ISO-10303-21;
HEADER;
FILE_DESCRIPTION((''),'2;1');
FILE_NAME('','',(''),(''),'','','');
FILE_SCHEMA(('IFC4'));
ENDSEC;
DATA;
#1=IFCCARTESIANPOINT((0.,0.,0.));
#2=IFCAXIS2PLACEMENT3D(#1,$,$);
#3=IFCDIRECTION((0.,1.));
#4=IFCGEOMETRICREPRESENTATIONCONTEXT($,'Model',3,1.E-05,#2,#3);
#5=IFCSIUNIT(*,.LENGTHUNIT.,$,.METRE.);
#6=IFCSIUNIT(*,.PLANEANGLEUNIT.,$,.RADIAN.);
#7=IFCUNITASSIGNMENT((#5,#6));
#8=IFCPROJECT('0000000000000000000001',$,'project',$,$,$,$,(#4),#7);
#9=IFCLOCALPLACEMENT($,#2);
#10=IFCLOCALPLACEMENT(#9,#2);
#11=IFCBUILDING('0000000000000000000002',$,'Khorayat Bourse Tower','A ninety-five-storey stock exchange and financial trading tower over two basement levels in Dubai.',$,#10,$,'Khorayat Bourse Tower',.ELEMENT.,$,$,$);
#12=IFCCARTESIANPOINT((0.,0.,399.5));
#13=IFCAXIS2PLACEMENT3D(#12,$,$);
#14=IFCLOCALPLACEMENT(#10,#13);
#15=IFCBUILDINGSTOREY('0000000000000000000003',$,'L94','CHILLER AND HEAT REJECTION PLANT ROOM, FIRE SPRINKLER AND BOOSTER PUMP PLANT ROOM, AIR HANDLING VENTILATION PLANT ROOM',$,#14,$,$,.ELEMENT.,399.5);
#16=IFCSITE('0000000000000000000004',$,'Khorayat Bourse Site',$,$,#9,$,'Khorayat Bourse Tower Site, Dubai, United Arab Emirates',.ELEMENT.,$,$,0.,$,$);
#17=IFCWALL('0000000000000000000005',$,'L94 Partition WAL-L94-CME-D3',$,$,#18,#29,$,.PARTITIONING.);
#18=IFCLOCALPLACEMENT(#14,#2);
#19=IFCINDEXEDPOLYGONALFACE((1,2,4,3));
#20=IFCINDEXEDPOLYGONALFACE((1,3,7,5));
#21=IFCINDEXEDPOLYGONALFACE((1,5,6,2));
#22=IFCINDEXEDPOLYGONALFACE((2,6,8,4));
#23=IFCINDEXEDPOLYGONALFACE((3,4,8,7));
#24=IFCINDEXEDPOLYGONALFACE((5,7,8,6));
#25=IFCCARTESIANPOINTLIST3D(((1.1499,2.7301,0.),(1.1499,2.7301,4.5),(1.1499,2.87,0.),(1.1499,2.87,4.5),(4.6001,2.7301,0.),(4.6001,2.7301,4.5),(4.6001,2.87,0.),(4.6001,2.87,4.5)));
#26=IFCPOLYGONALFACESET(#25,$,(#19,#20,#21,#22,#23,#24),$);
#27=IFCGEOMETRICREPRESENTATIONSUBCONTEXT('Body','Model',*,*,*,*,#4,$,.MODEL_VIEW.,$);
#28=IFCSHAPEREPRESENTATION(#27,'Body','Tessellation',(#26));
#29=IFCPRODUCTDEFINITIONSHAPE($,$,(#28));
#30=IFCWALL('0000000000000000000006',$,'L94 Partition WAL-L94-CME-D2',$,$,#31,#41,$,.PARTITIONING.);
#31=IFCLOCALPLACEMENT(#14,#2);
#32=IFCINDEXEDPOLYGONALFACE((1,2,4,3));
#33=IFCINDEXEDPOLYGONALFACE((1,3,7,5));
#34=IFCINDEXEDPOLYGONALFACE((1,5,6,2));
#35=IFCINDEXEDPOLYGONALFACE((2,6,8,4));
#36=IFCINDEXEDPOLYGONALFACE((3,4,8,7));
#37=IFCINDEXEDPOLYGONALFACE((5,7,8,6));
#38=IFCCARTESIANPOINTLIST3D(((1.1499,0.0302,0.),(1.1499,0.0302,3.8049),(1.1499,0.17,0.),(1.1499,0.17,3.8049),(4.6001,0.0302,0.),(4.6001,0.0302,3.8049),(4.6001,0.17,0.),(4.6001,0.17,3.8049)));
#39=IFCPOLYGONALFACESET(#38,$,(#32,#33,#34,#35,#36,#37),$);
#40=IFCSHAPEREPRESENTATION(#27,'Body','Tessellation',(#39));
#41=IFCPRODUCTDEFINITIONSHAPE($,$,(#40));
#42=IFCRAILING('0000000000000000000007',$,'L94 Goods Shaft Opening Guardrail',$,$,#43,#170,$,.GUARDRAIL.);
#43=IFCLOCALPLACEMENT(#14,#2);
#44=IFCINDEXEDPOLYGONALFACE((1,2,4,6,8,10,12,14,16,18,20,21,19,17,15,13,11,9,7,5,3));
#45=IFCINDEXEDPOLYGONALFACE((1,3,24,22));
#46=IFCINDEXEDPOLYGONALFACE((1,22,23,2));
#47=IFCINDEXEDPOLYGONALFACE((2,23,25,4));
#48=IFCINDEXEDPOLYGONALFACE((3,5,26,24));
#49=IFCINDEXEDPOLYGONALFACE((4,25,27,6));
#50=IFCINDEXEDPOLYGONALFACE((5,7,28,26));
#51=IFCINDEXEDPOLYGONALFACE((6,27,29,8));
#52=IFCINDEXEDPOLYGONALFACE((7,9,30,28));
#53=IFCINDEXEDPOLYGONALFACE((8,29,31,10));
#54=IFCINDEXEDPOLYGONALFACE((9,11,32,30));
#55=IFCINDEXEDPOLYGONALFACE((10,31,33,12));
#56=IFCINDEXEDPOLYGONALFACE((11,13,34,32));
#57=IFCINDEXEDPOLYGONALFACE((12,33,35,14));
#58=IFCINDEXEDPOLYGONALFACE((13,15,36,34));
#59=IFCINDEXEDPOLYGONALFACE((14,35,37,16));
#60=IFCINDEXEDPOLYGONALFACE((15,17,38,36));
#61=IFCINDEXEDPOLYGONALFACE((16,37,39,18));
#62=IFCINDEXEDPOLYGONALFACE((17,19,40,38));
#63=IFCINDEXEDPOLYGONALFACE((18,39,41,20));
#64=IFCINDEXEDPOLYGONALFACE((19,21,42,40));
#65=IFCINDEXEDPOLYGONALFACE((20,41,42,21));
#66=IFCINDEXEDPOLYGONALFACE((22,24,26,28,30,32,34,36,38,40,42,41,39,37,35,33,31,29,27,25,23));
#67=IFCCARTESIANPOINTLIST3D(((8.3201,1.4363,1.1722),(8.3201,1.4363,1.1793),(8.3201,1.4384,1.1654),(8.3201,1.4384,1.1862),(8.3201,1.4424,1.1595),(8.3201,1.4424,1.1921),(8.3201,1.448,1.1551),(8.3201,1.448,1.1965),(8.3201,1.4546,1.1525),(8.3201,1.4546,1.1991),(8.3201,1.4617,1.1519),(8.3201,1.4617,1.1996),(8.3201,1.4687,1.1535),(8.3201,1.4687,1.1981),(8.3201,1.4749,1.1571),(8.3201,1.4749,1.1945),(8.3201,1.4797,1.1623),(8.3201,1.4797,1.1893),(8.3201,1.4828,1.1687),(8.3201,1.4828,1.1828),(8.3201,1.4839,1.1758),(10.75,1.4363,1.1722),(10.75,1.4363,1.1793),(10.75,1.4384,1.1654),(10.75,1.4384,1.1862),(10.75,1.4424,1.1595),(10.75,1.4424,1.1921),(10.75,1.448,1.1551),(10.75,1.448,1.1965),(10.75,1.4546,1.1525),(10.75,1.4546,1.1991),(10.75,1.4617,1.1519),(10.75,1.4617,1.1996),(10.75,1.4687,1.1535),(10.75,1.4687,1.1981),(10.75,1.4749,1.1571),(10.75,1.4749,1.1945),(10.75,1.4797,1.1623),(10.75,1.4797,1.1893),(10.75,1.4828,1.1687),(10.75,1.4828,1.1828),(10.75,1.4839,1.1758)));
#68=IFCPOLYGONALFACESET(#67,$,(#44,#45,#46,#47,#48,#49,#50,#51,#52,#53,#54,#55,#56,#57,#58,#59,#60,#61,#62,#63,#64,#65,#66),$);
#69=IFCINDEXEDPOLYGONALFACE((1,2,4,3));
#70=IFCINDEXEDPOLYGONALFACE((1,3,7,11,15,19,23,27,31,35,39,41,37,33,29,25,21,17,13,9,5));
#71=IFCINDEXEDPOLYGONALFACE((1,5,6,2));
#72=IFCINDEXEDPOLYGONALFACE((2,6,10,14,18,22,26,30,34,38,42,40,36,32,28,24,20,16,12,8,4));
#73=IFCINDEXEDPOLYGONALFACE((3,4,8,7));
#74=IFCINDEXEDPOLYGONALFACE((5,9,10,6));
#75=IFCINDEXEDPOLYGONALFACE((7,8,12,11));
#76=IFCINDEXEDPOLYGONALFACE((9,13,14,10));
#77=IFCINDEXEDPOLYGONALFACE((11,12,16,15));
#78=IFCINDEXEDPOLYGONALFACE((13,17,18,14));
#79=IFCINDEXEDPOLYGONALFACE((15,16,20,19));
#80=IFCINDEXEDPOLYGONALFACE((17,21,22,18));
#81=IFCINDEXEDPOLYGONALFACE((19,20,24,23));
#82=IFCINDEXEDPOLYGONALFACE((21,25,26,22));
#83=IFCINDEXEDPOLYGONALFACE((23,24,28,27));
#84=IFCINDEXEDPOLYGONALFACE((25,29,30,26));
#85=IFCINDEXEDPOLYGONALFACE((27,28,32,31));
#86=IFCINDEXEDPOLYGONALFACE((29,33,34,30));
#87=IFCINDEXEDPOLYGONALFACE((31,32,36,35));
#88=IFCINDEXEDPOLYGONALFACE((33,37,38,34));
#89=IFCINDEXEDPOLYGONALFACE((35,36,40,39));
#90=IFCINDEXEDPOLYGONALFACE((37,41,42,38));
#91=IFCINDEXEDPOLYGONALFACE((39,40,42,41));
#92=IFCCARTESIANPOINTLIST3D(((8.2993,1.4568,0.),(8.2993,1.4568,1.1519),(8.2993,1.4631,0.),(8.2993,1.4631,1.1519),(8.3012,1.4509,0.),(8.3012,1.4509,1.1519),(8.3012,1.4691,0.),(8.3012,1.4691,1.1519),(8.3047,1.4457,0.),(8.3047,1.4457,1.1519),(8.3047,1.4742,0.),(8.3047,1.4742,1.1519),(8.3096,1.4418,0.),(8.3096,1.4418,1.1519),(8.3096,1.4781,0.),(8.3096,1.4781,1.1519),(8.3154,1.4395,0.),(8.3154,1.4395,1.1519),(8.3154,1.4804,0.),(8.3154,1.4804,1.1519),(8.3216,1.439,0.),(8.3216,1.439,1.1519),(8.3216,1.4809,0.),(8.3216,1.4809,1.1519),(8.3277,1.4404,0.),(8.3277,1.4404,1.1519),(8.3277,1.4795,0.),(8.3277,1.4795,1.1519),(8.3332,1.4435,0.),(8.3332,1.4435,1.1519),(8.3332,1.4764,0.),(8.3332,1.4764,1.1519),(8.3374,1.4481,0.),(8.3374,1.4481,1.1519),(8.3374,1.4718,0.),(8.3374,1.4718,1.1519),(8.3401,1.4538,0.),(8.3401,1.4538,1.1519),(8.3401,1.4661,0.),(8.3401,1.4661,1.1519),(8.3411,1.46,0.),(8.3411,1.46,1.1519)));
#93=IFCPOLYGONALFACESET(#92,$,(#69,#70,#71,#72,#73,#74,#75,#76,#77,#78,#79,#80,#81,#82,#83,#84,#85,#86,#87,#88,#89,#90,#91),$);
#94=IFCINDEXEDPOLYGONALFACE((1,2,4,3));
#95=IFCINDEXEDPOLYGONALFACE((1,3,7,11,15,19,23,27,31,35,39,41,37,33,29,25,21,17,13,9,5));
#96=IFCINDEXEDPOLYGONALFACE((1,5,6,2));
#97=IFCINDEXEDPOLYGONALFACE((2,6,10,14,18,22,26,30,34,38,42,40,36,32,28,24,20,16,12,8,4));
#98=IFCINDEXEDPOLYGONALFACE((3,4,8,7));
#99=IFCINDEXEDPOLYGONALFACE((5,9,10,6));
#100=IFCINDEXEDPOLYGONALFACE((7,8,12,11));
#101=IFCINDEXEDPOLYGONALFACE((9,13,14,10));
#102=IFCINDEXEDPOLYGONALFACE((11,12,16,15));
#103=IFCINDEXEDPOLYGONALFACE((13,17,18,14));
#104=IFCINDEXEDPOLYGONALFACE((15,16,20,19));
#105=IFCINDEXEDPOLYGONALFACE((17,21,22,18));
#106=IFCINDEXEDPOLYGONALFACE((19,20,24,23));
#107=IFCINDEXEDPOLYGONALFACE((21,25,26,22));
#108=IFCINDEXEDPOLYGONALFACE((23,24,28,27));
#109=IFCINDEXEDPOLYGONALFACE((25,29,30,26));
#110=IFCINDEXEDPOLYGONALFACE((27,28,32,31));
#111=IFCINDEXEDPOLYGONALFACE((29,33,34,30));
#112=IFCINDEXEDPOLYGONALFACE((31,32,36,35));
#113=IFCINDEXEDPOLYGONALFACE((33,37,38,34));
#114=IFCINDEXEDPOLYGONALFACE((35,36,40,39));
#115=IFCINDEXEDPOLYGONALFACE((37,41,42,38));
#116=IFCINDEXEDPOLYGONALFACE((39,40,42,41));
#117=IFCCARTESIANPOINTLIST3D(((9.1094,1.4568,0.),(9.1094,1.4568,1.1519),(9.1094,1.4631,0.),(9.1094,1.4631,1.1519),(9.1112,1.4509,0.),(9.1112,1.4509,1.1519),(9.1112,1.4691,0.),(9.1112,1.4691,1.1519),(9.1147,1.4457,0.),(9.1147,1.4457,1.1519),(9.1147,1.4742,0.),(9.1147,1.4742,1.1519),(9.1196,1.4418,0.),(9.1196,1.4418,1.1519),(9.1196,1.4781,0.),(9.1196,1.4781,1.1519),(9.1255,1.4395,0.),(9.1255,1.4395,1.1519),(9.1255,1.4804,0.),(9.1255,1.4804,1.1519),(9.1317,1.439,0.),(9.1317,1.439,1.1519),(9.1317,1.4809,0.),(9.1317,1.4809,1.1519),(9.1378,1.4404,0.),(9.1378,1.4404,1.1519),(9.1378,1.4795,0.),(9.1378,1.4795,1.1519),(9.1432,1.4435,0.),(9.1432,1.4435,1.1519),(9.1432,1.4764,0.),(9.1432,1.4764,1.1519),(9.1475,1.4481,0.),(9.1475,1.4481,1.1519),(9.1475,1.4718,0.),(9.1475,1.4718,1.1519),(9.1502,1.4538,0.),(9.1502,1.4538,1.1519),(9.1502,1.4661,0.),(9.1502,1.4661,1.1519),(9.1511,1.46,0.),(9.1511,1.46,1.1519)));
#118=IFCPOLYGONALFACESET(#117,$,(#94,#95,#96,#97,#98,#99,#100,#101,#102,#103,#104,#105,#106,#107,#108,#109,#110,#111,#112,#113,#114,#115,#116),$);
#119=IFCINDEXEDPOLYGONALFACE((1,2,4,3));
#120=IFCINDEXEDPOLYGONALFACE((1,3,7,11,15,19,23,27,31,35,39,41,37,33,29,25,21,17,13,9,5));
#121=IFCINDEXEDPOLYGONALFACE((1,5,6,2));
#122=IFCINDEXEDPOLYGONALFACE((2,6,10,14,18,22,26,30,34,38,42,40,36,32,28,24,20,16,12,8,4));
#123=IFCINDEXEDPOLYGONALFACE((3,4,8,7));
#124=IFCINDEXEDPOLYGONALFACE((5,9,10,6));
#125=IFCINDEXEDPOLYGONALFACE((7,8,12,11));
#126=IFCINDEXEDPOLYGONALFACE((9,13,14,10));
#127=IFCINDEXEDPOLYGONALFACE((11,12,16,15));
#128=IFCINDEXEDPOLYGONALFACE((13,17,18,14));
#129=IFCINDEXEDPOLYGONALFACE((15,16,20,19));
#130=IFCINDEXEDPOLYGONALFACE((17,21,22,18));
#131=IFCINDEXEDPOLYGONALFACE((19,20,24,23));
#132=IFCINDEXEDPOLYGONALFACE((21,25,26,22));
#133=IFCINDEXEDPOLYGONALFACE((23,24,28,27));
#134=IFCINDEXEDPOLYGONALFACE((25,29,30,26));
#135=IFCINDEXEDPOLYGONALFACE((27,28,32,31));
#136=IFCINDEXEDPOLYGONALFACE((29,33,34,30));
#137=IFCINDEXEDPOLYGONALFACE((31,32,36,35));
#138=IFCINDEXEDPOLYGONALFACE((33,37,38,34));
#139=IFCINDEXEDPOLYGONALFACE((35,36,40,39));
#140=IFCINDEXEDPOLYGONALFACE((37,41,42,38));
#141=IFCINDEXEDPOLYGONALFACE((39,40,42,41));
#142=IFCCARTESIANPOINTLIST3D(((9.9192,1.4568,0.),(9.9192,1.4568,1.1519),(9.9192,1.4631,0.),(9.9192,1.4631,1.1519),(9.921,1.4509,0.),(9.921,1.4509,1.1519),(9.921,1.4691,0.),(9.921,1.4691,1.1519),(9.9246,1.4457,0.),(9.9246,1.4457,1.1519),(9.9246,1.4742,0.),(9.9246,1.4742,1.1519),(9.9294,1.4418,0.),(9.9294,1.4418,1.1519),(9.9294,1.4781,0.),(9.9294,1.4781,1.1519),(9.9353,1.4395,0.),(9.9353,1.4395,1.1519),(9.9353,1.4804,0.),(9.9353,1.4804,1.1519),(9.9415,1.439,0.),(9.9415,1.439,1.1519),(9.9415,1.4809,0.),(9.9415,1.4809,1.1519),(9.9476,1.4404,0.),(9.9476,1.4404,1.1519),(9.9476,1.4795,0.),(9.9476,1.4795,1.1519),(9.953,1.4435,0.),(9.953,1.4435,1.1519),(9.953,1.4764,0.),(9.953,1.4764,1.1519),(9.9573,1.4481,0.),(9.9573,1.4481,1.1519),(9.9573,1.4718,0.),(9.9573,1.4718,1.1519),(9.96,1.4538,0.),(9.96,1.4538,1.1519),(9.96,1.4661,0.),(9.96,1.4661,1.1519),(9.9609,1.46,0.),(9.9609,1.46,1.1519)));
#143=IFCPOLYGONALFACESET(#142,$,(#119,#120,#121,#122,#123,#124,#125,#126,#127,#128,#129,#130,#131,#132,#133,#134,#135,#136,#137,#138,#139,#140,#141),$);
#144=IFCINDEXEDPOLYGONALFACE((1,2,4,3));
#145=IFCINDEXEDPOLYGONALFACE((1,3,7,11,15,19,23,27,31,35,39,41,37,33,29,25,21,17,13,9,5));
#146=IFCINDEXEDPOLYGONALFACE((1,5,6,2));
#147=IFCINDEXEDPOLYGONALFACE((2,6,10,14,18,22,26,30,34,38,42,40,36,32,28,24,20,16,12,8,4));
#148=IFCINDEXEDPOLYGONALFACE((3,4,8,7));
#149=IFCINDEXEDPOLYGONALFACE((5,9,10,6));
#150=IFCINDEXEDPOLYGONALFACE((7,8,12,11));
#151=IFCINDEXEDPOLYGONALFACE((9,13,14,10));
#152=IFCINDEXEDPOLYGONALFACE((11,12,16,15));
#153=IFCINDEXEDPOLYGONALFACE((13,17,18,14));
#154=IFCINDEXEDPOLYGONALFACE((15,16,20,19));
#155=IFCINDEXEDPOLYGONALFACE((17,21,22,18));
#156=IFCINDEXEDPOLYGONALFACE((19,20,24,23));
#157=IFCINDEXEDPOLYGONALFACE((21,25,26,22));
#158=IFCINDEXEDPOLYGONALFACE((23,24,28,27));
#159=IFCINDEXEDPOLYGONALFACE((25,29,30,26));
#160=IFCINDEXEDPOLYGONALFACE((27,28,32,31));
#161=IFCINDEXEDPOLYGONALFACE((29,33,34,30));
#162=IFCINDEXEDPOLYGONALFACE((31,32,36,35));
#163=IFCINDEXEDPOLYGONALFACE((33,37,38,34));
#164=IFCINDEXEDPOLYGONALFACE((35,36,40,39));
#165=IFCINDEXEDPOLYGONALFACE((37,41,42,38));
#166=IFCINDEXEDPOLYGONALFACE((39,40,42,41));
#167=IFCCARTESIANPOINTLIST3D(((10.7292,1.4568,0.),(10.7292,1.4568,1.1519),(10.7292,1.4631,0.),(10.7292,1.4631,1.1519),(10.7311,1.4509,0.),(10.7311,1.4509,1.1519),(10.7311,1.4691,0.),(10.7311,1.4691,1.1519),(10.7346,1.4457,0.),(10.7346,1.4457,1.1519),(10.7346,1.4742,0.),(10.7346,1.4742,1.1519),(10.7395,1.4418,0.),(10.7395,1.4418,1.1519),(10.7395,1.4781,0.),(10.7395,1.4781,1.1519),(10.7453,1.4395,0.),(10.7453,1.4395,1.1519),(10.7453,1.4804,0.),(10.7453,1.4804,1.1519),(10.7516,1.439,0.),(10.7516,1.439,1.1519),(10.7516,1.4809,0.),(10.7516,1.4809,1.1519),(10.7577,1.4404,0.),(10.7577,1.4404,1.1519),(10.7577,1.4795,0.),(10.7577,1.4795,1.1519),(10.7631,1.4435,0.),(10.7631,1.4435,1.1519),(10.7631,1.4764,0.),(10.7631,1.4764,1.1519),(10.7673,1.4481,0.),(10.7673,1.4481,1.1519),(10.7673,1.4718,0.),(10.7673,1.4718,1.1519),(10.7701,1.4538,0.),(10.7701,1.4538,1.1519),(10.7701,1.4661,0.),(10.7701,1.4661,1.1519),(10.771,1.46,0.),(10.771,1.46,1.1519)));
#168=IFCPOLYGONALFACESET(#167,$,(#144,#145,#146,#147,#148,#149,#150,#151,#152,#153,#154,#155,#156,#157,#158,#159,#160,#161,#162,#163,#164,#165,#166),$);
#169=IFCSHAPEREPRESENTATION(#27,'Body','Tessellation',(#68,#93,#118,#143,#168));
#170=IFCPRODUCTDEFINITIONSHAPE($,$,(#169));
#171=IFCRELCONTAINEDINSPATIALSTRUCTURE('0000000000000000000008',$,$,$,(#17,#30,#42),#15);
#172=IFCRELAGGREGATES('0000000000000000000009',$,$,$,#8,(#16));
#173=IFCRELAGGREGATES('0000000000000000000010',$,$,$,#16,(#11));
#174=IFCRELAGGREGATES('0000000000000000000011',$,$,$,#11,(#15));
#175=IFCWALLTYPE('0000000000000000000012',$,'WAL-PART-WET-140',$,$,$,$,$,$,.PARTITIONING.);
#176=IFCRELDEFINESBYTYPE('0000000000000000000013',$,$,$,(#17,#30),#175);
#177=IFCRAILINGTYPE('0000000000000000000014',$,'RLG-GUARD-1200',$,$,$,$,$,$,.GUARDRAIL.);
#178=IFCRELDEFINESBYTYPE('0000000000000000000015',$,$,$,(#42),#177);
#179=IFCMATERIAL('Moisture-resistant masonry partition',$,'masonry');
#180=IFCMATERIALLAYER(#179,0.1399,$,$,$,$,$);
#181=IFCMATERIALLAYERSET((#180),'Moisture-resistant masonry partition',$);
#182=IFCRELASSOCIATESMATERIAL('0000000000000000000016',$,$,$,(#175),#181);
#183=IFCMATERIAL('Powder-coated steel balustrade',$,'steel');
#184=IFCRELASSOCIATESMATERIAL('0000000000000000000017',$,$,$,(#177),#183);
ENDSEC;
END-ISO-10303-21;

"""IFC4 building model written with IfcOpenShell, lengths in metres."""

from ifc_helpers import new_model, si_unit, direction, frame, frame_2d, origin, origin_2d, place, context, subcontext, project, spatial, rectangle, circle, extrude, source, transform, mapped, material, layer, layer_set, type_object, element, save


model = new_model("IFC4")

# Units and contexts
model_context = context("Model", 3, precision=1e-05, world=origin(), true_north=direction((0.0, 1.0)))
body_context = subcontext(model_context, "Body", "Model", "MODEL_VIEW")
ifc_project = project(units=[si_unit("LENGTHUNIT", "METRE"), si_unit("PLANEANGLEUNIT", "RADIAN")], contexts=[model_context])

# Site, building, storey
site_placement = place(None, origin())
site = spatial("IfcSite", under=ifc_project, at=site_placement, Name="Khorayat Bourse Site", LongName="Khorayat Bourse Tower Site, Dubai, United Arab Emirates", CompositionType="ELEMENT", RefElevation=0.0)
building_placement = place(site_placement, origin())
building = spatial("IfcBuilding", under=site, at=building_placement, Name="Khorayat Bourse Tower", Description="A ninety-five-storey stock exchange and financial trading tower over two basement levels in Dubai.", LongName="Khorayat Bourse Tower", CompositionType="ELEMENT")
storey_placement = place(building_placement, frame((0.0, 0.0, 399.5)))
storey = spatial("IfcBuildingStorey", under=building, at=storey_placement, Name="L94", Description="CHILLER AND HEAT REJECTION PLANT ROOM, FIRE SPRINKLER AND BOOSTER PUMP PLANT ROOM, AIR HANDLING VENTILATION PLANT ROOM", CompositionType="ELEMENT", Elevation=399.5)

# Shared definitions
ifc_material_1 = material(Name="Moisture-resistant masonry partition", Category="masonry")
ifc_layer_1 = layer(ifc_material_1, 0.1399)
ifc_layer_set_1 = layer_set([ifc_layer_1], Name="Moisture-resistant masonry partition")
wall_type_1 = type_object("IfcWallType", Name="WAL-PART-WET-140", PredefinedType="PARTITIONING", material=ifc_layer_set_1)

# Wall
shared_shape_1 = source(origin(), body_context, "Body", "SweptSolid", [
    extrude(rectangle(XDim=3.4502, YDim=0.1399, at=frame_2d((1.7251, 0.0))), origin(), (0.0, 0.0, 1.0), 4.5),
])
for number, where, z_axis, x_axis, name in (
    (1, (1.1499, 2.8, 0.0), (0.0, 0.0, 1.0), (1.0, 0.0, 0.0), "L94 Partition WAL-L94-CME-D3"),
):
    element("IfcWall", number, at=place(storey_placement, frame(where, z_axis=z_axis, x_axis=x_axis)), inside=storey, type_object=wall_type_1, Name=name, PredefinedType="PARTITIONING", context=body_context, shape_type="MappedRepresentation", body=[
        mapped(shared_shape_1, transform((0.0, 0.0, 0.0), scale=1.0)),
    ])

# Wall
shared_shape_2 = source(origin(), body_context, "Body", "SweptSolid", [
    extrude(rectangle(XDim=3.4502, YDim=0.1399, at=frame_2d((1.7251, 0.0))), origin(), (0.0, 0.0, 1.0), 3.8049),
])
wall_1_placement = place(storey_placement, frame((1.1499, 0.1001, 0.0), z_axis=(0.0, 0.0, 1.0), x_axis=(1.0, 0.0, 0.0)))
element("IfcWall", 2, at=wall_1_placement, inside=storey, type_object=wall_type_1, Name="L94 Partition WAL-L94-CME-D2", PredefinedType="PARTITIONING", context=body_context, shape_type="MappedRepresentation", body=[
    mapped(shared_shape_2, transform((0.0, 0.0, 0.0), scale=1.0)),
])

# Railing
ifc_material_2 = material(Name="Powder-coated steel balustrade", Category="steel")
railing_type = type_object("IfcRailingType", Name="RLG-GUARD-1200", PredefinedType="GUARDRAIL", material=ifc_material_2)
shared_shape_3 = source(origin(), body_context, "Body", "SweptSolid", [
    extrude(circle(Radius=0.0239, at=origin_2d()), frame((0.0, 0.0, 1.1758), z_axis=(1.0, 0.0, 0.0), x_axis=(0.0, 1.0, 0.0)), (0.0, 0.0, 1.0), 2.4299),
    extrude(circle(Radius=0.021, at=origin_2d()), origin(), (0.0, 0.0, 1.0), 1.1519),
    extrude(circle(Radius=0.021, at=origin_2d()), frame((0.8101, 0.0, 0.0)), (0.0, 0.0, 1.0), 1.1519),
    extrude(circle(Radius=0.021, at=origin_2d()), frame((1.6199, 0.0, 0.0)), (0.0, 0.0, 1.0), 1.1519),
    extrude(circle(Radius=0.021, at=origin_2d()), frame((2.4299, 0.0, 0.0)), (0.0, 0.0, 1.0), 1.1519),
])
railing_placement = place(storey_placement, frame((8.3201, 1.46, 0.0)))
element("IfcRailing", 3, at=railing_placement, inside=storey, type_object=railing_type, Name="L94 Goods Shaft Opening Guardrail", PredefinedType="GUARDRAIL", context=body_context, shape_type="MappedRepresentation", body=[
    mapped(shared_shape_3, transform((0.0, 0.0, 0.0), scale=1.0)),
])

save(model, "model.ifc")
